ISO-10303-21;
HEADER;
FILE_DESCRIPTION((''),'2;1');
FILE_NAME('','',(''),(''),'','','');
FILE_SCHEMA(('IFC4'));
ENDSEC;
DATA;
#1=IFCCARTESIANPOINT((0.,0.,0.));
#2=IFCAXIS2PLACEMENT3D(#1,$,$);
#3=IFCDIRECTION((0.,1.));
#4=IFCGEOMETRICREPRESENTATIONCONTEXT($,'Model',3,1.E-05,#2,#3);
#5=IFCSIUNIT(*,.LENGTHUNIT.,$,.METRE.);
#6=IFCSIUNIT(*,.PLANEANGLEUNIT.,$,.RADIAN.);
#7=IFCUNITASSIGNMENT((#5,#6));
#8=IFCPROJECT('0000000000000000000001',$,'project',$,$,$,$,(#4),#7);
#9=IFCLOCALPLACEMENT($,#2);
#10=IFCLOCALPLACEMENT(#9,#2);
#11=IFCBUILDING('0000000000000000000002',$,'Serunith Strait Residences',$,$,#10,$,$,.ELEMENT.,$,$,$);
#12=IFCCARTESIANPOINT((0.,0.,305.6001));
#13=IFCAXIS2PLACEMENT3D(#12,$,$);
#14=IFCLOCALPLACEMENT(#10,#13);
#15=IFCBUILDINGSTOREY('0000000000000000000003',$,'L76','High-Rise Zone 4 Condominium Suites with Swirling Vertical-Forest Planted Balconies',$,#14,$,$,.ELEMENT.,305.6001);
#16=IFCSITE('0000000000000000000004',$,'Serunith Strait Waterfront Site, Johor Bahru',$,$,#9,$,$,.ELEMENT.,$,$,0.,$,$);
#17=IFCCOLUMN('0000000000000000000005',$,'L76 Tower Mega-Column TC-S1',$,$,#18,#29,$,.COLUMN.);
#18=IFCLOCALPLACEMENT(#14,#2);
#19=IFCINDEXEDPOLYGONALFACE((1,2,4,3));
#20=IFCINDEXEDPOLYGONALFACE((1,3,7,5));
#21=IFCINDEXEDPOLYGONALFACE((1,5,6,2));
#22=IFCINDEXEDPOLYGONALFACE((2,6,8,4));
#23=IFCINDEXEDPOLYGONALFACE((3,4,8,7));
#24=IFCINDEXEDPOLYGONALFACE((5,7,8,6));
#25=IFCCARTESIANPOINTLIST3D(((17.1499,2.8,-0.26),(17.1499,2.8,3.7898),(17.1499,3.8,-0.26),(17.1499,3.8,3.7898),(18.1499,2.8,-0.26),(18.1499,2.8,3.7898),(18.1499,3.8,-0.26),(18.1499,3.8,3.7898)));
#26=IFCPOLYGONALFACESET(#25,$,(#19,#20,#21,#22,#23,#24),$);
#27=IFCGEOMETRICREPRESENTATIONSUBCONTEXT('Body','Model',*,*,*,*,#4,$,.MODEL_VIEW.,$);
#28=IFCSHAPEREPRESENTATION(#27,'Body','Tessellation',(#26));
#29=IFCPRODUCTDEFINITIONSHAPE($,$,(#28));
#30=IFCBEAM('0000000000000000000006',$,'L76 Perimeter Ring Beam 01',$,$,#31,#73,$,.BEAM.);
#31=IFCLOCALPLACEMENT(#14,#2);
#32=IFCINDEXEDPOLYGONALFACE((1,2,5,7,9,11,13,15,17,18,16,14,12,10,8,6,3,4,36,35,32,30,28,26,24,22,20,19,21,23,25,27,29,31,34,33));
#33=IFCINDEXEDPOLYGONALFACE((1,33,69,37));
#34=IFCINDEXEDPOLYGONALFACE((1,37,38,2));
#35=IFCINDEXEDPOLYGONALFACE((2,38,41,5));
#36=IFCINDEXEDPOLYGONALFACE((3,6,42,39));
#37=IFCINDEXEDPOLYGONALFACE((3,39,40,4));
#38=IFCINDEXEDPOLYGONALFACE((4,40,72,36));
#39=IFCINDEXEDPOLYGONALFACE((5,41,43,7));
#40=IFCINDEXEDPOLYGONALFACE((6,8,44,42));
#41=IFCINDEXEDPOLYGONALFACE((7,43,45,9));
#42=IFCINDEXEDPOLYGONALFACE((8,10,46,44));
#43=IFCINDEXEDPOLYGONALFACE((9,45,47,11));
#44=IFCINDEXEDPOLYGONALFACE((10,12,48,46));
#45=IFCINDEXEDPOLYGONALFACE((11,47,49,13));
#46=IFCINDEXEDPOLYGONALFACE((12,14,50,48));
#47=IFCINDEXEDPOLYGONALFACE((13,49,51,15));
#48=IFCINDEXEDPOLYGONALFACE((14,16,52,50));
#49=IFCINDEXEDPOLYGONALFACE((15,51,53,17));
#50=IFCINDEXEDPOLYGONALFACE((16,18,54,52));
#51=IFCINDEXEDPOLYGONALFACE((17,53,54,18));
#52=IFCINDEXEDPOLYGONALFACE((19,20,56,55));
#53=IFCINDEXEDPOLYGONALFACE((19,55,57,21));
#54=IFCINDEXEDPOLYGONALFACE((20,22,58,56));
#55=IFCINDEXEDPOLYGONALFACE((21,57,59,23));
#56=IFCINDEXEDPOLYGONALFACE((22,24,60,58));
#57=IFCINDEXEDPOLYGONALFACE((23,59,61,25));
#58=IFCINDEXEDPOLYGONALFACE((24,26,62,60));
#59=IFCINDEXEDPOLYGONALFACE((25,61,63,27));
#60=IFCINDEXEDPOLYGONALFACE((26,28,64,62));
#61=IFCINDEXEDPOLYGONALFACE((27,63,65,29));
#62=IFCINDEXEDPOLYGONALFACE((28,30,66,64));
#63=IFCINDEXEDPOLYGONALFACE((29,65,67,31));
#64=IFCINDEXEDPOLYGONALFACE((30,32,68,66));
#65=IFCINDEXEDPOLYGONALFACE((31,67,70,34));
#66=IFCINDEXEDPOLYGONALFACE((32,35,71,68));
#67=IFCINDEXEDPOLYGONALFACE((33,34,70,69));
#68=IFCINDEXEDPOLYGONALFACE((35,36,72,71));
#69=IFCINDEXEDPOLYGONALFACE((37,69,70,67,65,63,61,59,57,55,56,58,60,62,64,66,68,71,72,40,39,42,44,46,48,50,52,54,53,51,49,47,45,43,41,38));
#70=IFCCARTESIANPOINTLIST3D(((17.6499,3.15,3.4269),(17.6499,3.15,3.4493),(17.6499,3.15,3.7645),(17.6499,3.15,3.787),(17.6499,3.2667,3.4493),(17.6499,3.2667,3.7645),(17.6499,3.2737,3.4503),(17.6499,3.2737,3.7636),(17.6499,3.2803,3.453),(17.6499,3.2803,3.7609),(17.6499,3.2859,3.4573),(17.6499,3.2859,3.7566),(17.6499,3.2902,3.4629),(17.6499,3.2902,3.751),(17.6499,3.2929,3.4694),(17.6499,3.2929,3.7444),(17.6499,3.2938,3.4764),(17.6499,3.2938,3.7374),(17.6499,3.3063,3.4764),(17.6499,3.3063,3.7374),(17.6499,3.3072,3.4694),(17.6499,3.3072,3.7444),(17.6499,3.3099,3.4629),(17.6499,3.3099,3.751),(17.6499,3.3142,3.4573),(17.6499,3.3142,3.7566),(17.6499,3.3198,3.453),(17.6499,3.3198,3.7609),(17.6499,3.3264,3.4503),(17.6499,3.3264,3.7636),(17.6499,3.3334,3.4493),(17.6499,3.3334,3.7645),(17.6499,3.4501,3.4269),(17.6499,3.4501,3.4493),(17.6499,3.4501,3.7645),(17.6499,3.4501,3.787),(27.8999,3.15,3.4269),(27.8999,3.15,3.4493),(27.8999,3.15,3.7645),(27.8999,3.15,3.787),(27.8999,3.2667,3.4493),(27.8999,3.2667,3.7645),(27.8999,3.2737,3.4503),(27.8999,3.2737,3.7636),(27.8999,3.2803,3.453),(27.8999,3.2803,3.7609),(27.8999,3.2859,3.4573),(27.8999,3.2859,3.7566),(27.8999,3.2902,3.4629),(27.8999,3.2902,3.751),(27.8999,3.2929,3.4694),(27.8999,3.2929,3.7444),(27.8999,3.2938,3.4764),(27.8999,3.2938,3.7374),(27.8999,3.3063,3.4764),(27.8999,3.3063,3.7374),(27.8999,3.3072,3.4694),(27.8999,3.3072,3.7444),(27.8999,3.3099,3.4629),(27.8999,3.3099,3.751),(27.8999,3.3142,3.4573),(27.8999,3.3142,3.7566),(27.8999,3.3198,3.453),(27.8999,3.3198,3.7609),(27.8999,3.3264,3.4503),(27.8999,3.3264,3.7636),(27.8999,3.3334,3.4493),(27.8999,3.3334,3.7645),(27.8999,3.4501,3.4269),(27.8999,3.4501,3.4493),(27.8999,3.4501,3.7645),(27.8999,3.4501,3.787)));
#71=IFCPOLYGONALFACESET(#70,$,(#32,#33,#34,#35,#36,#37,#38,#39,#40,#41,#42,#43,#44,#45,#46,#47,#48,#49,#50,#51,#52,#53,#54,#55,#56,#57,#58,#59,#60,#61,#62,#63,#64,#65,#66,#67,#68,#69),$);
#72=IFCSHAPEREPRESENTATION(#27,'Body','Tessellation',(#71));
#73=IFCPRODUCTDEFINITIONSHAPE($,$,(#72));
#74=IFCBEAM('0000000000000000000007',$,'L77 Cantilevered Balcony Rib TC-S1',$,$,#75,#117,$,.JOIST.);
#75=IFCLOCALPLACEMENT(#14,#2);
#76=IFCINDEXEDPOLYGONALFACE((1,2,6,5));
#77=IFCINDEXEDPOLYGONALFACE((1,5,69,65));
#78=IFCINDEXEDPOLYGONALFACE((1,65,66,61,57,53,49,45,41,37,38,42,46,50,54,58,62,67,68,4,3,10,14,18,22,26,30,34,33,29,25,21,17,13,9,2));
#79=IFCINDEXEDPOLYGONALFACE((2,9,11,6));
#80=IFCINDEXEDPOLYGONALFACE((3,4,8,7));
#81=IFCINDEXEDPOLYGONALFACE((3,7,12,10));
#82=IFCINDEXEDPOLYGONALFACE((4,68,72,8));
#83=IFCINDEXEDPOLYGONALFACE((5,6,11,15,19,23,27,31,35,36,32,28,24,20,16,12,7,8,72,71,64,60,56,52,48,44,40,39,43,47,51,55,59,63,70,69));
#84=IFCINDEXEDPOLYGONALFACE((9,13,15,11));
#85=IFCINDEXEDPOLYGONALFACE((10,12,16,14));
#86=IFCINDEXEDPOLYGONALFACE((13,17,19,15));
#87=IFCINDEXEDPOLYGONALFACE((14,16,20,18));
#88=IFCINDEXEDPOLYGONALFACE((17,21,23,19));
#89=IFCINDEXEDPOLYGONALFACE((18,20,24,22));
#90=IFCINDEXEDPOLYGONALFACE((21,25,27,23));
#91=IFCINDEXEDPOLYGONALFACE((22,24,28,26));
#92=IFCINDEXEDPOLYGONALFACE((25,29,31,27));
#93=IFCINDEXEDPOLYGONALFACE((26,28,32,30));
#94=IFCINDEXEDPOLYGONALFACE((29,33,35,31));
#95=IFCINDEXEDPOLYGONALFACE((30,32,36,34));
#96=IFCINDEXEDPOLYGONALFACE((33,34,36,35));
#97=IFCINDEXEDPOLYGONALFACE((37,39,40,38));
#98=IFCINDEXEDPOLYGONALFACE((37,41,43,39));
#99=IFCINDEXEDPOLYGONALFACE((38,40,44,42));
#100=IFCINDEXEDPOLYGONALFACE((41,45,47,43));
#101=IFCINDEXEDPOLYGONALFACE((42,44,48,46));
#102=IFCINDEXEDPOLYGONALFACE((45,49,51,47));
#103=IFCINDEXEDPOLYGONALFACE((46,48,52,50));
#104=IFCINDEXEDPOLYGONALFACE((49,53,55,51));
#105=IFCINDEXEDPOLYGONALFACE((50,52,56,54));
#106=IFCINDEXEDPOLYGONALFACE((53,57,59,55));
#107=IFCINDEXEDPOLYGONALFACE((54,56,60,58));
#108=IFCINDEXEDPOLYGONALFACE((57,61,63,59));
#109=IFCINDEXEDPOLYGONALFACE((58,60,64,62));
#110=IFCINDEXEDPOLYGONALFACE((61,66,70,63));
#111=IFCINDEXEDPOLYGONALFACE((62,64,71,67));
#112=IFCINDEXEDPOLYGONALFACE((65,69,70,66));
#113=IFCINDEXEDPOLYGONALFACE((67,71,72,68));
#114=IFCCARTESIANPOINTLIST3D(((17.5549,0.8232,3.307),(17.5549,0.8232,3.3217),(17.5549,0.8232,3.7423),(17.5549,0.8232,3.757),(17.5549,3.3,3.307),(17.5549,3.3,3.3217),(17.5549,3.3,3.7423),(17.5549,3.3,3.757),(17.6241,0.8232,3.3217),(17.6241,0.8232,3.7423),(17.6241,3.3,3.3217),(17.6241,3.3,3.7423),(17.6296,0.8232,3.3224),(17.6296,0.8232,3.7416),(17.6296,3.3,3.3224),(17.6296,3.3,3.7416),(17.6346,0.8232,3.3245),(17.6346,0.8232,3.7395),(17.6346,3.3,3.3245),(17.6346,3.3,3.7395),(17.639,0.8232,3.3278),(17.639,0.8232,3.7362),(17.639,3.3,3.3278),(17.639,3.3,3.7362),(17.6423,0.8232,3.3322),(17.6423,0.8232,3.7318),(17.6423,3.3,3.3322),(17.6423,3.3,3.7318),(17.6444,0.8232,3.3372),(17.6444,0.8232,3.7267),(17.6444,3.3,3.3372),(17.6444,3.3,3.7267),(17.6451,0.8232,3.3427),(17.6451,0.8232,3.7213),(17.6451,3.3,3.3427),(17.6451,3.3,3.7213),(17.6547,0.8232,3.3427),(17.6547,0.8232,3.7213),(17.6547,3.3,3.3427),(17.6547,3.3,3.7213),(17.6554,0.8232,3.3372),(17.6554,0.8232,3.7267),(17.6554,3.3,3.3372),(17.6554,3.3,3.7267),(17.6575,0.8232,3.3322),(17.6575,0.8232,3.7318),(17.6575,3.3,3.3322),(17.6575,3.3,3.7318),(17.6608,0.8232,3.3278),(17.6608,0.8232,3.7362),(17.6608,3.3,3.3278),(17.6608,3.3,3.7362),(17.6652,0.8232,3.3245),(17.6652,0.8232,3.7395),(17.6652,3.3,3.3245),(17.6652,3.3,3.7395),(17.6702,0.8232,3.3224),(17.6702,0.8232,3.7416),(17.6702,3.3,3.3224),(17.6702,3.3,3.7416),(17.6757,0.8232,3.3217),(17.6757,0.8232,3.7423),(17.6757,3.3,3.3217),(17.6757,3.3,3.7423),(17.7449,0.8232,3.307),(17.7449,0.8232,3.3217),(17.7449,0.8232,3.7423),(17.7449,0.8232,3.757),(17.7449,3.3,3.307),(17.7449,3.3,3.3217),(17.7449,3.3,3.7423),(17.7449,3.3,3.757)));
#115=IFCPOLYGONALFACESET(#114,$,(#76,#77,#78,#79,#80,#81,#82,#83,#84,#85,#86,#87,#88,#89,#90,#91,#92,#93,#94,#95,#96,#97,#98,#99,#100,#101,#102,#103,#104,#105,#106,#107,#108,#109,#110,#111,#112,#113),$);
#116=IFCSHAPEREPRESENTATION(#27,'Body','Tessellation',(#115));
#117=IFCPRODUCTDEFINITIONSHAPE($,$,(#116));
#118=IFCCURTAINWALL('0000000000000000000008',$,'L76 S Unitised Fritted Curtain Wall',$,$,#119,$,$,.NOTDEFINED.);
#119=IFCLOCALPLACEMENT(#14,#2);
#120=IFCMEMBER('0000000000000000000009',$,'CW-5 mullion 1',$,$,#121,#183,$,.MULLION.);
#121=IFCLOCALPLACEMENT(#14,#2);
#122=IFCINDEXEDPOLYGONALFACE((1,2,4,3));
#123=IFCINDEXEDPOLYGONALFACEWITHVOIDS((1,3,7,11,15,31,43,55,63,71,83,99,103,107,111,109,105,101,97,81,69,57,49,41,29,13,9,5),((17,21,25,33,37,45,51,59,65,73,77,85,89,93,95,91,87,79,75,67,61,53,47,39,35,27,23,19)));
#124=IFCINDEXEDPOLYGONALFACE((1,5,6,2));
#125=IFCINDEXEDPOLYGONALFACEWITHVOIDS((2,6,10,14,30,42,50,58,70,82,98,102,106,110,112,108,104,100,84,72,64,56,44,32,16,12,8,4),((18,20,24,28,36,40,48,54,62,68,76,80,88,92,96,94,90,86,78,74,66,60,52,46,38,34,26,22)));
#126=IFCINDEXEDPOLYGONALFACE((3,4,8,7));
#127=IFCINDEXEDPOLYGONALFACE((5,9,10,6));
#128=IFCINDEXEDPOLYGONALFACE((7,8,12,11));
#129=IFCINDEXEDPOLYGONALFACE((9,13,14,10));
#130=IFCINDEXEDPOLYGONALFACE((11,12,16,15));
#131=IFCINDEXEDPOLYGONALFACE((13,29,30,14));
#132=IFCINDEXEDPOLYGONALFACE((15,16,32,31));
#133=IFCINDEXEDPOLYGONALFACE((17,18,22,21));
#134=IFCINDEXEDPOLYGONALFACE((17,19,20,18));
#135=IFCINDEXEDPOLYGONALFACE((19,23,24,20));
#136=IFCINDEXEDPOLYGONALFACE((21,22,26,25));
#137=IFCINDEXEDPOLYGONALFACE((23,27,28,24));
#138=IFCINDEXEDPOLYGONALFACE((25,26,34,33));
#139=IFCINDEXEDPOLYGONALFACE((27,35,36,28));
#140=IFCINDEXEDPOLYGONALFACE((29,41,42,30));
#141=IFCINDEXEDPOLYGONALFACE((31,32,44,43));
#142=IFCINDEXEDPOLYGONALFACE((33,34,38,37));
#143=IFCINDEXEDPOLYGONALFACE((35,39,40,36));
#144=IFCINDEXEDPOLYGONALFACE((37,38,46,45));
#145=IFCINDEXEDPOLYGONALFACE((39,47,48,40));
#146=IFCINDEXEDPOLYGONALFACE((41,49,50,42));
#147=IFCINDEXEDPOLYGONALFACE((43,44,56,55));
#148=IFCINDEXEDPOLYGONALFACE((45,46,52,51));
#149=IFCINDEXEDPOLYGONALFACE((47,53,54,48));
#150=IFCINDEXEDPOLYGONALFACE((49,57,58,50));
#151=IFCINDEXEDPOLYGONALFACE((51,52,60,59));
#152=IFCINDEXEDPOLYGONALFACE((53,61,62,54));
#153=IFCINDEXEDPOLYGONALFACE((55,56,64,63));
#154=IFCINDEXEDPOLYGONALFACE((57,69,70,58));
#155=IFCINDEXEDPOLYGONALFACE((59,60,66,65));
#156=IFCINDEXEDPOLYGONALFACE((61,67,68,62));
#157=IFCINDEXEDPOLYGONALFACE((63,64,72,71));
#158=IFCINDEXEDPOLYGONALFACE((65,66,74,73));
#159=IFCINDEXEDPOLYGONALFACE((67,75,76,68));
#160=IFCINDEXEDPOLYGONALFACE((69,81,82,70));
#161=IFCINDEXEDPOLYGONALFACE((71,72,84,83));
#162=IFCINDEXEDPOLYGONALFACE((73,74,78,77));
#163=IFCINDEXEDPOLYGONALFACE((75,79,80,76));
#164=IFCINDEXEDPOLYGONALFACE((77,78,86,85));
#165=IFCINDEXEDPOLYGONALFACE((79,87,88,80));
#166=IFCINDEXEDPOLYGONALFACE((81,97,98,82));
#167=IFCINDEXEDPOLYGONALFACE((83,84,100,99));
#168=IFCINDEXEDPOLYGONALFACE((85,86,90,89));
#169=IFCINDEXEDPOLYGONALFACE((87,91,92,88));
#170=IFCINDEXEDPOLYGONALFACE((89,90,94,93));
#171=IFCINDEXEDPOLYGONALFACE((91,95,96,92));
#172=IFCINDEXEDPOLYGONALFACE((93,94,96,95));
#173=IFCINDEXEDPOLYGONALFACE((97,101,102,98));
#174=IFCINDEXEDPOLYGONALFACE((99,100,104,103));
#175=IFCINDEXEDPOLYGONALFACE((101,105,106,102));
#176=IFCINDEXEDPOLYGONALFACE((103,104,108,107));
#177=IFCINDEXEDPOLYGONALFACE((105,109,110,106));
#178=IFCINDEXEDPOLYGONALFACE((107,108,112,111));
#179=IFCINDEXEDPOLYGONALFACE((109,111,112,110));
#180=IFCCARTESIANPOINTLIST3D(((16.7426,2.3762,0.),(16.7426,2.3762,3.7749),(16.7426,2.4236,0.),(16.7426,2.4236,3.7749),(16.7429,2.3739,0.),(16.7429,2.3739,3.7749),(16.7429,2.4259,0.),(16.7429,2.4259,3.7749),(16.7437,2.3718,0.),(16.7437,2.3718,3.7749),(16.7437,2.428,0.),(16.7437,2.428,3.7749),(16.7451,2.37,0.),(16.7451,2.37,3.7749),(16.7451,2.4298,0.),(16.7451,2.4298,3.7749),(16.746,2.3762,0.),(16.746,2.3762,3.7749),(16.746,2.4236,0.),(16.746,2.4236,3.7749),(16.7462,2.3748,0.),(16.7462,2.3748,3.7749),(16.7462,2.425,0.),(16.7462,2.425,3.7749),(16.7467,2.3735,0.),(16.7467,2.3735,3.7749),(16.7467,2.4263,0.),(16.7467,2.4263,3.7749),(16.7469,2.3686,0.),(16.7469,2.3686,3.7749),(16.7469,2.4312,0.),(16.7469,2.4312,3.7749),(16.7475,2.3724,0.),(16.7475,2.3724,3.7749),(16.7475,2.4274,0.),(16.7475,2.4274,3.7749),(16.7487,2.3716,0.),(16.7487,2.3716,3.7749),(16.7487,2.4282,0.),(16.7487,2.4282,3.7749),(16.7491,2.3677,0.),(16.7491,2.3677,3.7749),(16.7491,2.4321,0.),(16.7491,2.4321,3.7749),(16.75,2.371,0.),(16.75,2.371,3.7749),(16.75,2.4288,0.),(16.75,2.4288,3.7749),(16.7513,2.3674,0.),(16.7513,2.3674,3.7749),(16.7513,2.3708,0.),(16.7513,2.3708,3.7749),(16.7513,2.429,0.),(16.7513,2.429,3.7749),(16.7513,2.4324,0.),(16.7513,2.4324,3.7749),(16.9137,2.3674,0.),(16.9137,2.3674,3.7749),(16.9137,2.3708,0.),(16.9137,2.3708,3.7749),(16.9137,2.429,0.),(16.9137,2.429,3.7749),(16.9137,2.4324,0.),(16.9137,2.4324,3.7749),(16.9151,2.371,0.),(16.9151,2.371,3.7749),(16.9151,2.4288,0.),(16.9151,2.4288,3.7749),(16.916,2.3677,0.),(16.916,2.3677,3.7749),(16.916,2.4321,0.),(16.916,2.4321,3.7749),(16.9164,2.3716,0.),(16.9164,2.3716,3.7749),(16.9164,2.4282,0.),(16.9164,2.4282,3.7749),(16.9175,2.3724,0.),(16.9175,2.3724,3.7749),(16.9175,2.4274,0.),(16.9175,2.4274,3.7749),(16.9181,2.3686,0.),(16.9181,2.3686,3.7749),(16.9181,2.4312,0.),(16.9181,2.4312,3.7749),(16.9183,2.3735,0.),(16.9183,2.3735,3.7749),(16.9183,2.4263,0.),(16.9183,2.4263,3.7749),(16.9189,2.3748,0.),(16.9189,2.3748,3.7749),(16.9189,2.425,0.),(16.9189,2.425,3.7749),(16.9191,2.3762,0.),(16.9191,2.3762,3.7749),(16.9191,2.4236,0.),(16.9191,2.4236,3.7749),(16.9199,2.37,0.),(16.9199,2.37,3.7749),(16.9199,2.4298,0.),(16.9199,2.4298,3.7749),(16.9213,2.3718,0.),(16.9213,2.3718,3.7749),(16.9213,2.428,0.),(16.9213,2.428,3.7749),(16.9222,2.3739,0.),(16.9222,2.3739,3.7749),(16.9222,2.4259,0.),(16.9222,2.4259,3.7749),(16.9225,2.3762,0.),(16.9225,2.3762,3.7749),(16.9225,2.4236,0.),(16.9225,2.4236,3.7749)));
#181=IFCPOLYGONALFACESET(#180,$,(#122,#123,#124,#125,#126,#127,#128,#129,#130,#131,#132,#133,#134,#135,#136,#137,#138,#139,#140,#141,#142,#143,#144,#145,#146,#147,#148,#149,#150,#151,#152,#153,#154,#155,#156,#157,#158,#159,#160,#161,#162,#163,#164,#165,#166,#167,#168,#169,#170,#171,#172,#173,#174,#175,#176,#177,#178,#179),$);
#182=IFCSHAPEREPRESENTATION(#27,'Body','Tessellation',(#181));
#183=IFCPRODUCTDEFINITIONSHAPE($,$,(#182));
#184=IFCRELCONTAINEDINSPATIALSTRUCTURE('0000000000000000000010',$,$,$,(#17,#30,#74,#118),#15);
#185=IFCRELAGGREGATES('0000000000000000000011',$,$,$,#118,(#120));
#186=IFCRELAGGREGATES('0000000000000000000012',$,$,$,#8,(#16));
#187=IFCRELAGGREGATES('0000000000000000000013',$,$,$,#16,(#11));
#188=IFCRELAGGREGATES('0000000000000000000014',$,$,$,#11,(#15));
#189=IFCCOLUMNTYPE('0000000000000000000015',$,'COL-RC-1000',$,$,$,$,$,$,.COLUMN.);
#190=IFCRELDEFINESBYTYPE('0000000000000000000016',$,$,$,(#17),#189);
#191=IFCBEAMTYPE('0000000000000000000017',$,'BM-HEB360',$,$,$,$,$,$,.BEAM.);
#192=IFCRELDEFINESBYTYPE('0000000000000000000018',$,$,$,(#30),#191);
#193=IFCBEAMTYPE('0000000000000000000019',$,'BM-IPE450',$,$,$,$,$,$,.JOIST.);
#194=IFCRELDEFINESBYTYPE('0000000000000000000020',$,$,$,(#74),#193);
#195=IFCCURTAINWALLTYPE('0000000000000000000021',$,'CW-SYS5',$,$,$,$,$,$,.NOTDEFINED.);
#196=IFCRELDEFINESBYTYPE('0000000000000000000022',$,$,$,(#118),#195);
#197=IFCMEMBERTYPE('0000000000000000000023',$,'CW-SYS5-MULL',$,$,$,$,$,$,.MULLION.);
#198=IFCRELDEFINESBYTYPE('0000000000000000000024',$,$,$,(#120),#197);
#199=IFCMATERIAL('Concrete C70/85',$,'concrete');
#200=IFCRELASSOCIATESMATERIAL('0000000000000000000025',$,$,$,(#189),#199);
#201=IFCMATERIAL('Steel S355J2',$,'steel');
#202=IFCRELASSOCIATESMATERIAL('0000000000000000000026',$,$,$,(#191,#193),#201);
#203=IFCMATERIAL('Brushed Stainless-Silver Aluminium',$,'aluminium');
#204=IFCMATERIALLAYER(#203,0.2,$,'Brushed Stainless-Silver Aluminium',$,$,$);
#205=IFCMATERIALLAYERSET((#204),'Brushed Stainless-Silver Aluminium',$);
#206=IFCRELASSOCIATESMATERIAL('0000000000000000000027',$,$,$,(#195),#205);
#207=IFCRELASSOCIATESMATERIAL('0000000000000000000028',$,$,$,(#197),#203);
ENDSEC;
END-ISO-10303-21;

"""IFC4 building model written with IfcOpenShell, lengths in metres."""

from ifc_helpers import new_model, si_unit, direction, frame, origin, origin_2d, place, context, subcontext, project, spatial, rectangle, hollow_rectangle, i_section, extrude, source, transform, mapped, material, layer, layer_set, material_profile, profile_set, type_object, element, aggregate, save


model = new_model("IFC4")

# Units and contexts
model_context = context("Model", 3, precision=1e-05, world=origin(), true_north=direction((0.0, 1.0)))
body_context = subcontext(model_context, "Body", "Model", "MODEL_VIEW")
ifc_project = project(units=[si_unit("LENGTHUNIT", "METRE"), si_unit("PLANEANGLEUNIT", "RADIAN")], contexts=[model_context])

# Site, building, storey
site_placement = place(None, origin())
site = spatial("IfcSite", under=ifc_project, at=site_placement, Name="Serunith Strait Waterfront Site, Johor Bahru", CompositionType="ELEMENT", RefElevation=0.0)
building_placement = place(site_placement, origin())
building = spatial("IfcBuilding", under=site, at=building_placement, Name="Serunith Strait Residences", CompositionType="ELEMENT")
storey_placement = place(building_placement, frame((0.0, 0.0, 305.6001)))
storey = spatial("IfcBuildingStorey", under=building, at=storey_placement, Name="L76", Description="High-Rise Zone 4 Condominium Suites with Swirling Vertical-Forest Planted Balconies", CompositionType="ELEMENT", Elevation=305.6001)

# Column
ifc_material_1 = material(Name="Concrete C70/85", Category="concrete")
ifc_material_profile_1 = material_profile(ifc_material_1, rectangle(XDim=1.0, YDim=1.0, at=origin_2d()), Name="RC 1000x1000")
ifc_profile_set_1 = profile_set([ifc_material_profile_1], Name="Concrete C70/85")
column_type = type_object("IfcColumnType", Name="COL-RC-1000", PredefinedType="COLUMN", material=ifc_profile_set_1)
shared_shape_1 = source(origin(), body_context, "Body", "SweptSolid", [
    extrude(rectangle(XDim=1.0, YDim=1.0, at=origin_2d()), origin(), (0.0, 0.0, 1.0), 4.0498),
])
column_placement = place(storey_placement, frame((17.6499, 3.3, -0.26), z_axis=(0.0, 0.0, 1.0), x_axis=(1.0, 0.0, 0.0)))
element("IfcColumn", 1, at=column_placement, inside=storey, type_object=column_type, Name="L76 Tower Mega-Column TC-S1", PredefinedType="COLUMN", context=body_context, shape_type="MappedRepresentation", body=[
    mapped(shared_shape_1, transform((0.0, 0.0, 0.0), scale=1.0)),
])

# Beams
ifc_material_2 = material(Name="Steel S355J2", Category="steel")
ifc_material_profile_2 = material_profile(ifc_material_2, i_section(OverallWidth=0.3, OverallDepth=0.3601, WebThickness=0.0125, FlangeThickness=0.0225, FilletRadius=0.0271, at=origin_2d()), Name="HEB 360")
ifc_profile_set_2 = profile_set([ifc_material_profile_2], Name="Steel S355J2")
beam_type_1 = type_object("IfcBeamType", Name="BM-HEB360", PredefinedType="BEAM", material=ifc_profile_set_2)
shared_shape_2 = source(origin(), body_context, "Body", "SweptSolid", [
    extrude(i_section(OverallWidth=0.3, OverallDepth=0.3601, WebThickness=0.0125, FlangeThickness=0.0225, FilletRadius=0.0271, at=origin_2d()), origin(), (0.0, 0.0, 1.0), 10.25),
])
beam_1_placement = place(storey_placement, frame((17.6499, 3.3, 3.6069), z_axis=(1.0, 0.0, 0.0), x_axis=(0.0, 1.0, 0.0)))
element("IfcBeam", 2, at=beam_1_placement, inside=storey, type_object=beam_type_1, Name="L76 Perimeter Ring Beam 01", PredefinedType="BEAM", context=body_context, shape_type="MappedRepresentation", body=[
    mapped(shared_shape_2, transform((0.0, 0.0, 0.0), scale=1.0)),
])
ifc_material_profile_3 = material_profile(ifc_material_2, i_section(OverallWidth=0.1899, OverallDepth=0.45, WebThickness=0.0095, FlangeThickness=0.0146, FilletRadius=0.021, at=origin_2d()), Name="IPE 450")
ifc_profile_set_3 = profile_set([ifc_material_profile_3], Name="Steel S355J2")
beam_type_2 = type_object("IfcBeamType", Name="BM-IPE450", PredefinedType="JOIST", material=ifc_profile_set_3)
shared_shape_3 = source(origin(), body_context, "Body", "SweptSolid", [
    extrude(i_section(OverallWidth=0.1899, OverallDepth=0.45, WebThickness=0.0095, FlangeThickness=0.0146, FilletRadius=0.021, at=origin_2d()), origin(), (0.0, 0.0, 1.0), 2.4768),
])
beam_2_placement = place(storey_placement, frame((17.6499, 3.3, 3.532), z_axis=(0.0, -1.0, 0.0), x_axis=(1.0, 0.0, 0.0)))
element("IfcBeam", 3, at=beam_2_placement, inside=storey, type_object=beam_type_2, Name="L77 Cantilevered Balcony Rib TC-S1", PredefinedType="JOIST", context=body_context, shape_type="MappedRepresentation", body=[
    mapped(shared_shape_3, transform((0.0, 0.0, 0.0), scale=1.0)),
])

# Curtain wall, member
ifc_material_3 = material(Name="Brushed Stainless-Silver Aluminium", Category="aluminium")
ifc_layer_1 = layer(ifc_material_3, 0.2, Name="Brushed Stainless-Silver Aluminium")
ifc_layer_set_1 = layer_set([ifc_layer_1], Name="Brushed Stainless-Silver Aluminium")
curtain_wall_type = type_object("IfcCurtainWallType", Name="CW-SYS5", PredefinedType="NOTDEFINED", material=ifc_layer_set_1)
curtain_wall_placement = place(storey_placement, origin())
curtain_wall = element("IfcCurtainWall", 4, at=curtain_wall_placement, inside=storey, type_object=curtain_wall_type, Name="L76 S Unitised Fritted Curtain Wall", PredefinedType="NOTDEFINED")
ifc_material_profile_4 = material_profile(ifc_material_3, hollow_rectangle(XDim=0.0649, YDim=0.1799, WallThickness=0.0034, InnerFilletRadius=0.0054, OuterFilletRadius=0.0088, at=origin_2d()), Name="ALU 180x65x3.5")
ifc_profile_set_4 = profile_set([ifc_material_profile_4], Name="Brushed Stainless-Silver Aluminium")
member_type_1 = type_object("IfcMemberType", Name="CW-SYS5-MULL", PredefinedType="MULLION", material=ifc_profile_set_4)
shared_shape_4 = source(origin(), body_context, "Body", "SweptSolid", [
    extrude(hollow_rectangle(XDim=0.0649, YDim=0.1799, WallThickness=0.0034, InnerFilletRadius=0.0054, OuterFilletRadius=0.0088, at=origin_2d()), origin(), (0.0, 0.0, 1.0), 3.7749),
])
member_1_placement = place(storey_placement, frame((16.8325, 2.3999, 0.0), z_axis=(0.0, 0.0, 1.0), x_axis=(0.0, 1.0, 0.0)))
member_1 = element("IfcMember", 5, at=member_1_placement, type_object=member_type_1, Name="CW-5 mullion 1", PredefinedType="MULLION", context=body_context, shape_type="MappedRepresentation", body=[
    mapped(shared_shape_4, transform((0.0, 0.0, 0.0), scale=1.0)),
])
aggregate(curtain_wall, [member_1])

save(model, "model.ifc")
